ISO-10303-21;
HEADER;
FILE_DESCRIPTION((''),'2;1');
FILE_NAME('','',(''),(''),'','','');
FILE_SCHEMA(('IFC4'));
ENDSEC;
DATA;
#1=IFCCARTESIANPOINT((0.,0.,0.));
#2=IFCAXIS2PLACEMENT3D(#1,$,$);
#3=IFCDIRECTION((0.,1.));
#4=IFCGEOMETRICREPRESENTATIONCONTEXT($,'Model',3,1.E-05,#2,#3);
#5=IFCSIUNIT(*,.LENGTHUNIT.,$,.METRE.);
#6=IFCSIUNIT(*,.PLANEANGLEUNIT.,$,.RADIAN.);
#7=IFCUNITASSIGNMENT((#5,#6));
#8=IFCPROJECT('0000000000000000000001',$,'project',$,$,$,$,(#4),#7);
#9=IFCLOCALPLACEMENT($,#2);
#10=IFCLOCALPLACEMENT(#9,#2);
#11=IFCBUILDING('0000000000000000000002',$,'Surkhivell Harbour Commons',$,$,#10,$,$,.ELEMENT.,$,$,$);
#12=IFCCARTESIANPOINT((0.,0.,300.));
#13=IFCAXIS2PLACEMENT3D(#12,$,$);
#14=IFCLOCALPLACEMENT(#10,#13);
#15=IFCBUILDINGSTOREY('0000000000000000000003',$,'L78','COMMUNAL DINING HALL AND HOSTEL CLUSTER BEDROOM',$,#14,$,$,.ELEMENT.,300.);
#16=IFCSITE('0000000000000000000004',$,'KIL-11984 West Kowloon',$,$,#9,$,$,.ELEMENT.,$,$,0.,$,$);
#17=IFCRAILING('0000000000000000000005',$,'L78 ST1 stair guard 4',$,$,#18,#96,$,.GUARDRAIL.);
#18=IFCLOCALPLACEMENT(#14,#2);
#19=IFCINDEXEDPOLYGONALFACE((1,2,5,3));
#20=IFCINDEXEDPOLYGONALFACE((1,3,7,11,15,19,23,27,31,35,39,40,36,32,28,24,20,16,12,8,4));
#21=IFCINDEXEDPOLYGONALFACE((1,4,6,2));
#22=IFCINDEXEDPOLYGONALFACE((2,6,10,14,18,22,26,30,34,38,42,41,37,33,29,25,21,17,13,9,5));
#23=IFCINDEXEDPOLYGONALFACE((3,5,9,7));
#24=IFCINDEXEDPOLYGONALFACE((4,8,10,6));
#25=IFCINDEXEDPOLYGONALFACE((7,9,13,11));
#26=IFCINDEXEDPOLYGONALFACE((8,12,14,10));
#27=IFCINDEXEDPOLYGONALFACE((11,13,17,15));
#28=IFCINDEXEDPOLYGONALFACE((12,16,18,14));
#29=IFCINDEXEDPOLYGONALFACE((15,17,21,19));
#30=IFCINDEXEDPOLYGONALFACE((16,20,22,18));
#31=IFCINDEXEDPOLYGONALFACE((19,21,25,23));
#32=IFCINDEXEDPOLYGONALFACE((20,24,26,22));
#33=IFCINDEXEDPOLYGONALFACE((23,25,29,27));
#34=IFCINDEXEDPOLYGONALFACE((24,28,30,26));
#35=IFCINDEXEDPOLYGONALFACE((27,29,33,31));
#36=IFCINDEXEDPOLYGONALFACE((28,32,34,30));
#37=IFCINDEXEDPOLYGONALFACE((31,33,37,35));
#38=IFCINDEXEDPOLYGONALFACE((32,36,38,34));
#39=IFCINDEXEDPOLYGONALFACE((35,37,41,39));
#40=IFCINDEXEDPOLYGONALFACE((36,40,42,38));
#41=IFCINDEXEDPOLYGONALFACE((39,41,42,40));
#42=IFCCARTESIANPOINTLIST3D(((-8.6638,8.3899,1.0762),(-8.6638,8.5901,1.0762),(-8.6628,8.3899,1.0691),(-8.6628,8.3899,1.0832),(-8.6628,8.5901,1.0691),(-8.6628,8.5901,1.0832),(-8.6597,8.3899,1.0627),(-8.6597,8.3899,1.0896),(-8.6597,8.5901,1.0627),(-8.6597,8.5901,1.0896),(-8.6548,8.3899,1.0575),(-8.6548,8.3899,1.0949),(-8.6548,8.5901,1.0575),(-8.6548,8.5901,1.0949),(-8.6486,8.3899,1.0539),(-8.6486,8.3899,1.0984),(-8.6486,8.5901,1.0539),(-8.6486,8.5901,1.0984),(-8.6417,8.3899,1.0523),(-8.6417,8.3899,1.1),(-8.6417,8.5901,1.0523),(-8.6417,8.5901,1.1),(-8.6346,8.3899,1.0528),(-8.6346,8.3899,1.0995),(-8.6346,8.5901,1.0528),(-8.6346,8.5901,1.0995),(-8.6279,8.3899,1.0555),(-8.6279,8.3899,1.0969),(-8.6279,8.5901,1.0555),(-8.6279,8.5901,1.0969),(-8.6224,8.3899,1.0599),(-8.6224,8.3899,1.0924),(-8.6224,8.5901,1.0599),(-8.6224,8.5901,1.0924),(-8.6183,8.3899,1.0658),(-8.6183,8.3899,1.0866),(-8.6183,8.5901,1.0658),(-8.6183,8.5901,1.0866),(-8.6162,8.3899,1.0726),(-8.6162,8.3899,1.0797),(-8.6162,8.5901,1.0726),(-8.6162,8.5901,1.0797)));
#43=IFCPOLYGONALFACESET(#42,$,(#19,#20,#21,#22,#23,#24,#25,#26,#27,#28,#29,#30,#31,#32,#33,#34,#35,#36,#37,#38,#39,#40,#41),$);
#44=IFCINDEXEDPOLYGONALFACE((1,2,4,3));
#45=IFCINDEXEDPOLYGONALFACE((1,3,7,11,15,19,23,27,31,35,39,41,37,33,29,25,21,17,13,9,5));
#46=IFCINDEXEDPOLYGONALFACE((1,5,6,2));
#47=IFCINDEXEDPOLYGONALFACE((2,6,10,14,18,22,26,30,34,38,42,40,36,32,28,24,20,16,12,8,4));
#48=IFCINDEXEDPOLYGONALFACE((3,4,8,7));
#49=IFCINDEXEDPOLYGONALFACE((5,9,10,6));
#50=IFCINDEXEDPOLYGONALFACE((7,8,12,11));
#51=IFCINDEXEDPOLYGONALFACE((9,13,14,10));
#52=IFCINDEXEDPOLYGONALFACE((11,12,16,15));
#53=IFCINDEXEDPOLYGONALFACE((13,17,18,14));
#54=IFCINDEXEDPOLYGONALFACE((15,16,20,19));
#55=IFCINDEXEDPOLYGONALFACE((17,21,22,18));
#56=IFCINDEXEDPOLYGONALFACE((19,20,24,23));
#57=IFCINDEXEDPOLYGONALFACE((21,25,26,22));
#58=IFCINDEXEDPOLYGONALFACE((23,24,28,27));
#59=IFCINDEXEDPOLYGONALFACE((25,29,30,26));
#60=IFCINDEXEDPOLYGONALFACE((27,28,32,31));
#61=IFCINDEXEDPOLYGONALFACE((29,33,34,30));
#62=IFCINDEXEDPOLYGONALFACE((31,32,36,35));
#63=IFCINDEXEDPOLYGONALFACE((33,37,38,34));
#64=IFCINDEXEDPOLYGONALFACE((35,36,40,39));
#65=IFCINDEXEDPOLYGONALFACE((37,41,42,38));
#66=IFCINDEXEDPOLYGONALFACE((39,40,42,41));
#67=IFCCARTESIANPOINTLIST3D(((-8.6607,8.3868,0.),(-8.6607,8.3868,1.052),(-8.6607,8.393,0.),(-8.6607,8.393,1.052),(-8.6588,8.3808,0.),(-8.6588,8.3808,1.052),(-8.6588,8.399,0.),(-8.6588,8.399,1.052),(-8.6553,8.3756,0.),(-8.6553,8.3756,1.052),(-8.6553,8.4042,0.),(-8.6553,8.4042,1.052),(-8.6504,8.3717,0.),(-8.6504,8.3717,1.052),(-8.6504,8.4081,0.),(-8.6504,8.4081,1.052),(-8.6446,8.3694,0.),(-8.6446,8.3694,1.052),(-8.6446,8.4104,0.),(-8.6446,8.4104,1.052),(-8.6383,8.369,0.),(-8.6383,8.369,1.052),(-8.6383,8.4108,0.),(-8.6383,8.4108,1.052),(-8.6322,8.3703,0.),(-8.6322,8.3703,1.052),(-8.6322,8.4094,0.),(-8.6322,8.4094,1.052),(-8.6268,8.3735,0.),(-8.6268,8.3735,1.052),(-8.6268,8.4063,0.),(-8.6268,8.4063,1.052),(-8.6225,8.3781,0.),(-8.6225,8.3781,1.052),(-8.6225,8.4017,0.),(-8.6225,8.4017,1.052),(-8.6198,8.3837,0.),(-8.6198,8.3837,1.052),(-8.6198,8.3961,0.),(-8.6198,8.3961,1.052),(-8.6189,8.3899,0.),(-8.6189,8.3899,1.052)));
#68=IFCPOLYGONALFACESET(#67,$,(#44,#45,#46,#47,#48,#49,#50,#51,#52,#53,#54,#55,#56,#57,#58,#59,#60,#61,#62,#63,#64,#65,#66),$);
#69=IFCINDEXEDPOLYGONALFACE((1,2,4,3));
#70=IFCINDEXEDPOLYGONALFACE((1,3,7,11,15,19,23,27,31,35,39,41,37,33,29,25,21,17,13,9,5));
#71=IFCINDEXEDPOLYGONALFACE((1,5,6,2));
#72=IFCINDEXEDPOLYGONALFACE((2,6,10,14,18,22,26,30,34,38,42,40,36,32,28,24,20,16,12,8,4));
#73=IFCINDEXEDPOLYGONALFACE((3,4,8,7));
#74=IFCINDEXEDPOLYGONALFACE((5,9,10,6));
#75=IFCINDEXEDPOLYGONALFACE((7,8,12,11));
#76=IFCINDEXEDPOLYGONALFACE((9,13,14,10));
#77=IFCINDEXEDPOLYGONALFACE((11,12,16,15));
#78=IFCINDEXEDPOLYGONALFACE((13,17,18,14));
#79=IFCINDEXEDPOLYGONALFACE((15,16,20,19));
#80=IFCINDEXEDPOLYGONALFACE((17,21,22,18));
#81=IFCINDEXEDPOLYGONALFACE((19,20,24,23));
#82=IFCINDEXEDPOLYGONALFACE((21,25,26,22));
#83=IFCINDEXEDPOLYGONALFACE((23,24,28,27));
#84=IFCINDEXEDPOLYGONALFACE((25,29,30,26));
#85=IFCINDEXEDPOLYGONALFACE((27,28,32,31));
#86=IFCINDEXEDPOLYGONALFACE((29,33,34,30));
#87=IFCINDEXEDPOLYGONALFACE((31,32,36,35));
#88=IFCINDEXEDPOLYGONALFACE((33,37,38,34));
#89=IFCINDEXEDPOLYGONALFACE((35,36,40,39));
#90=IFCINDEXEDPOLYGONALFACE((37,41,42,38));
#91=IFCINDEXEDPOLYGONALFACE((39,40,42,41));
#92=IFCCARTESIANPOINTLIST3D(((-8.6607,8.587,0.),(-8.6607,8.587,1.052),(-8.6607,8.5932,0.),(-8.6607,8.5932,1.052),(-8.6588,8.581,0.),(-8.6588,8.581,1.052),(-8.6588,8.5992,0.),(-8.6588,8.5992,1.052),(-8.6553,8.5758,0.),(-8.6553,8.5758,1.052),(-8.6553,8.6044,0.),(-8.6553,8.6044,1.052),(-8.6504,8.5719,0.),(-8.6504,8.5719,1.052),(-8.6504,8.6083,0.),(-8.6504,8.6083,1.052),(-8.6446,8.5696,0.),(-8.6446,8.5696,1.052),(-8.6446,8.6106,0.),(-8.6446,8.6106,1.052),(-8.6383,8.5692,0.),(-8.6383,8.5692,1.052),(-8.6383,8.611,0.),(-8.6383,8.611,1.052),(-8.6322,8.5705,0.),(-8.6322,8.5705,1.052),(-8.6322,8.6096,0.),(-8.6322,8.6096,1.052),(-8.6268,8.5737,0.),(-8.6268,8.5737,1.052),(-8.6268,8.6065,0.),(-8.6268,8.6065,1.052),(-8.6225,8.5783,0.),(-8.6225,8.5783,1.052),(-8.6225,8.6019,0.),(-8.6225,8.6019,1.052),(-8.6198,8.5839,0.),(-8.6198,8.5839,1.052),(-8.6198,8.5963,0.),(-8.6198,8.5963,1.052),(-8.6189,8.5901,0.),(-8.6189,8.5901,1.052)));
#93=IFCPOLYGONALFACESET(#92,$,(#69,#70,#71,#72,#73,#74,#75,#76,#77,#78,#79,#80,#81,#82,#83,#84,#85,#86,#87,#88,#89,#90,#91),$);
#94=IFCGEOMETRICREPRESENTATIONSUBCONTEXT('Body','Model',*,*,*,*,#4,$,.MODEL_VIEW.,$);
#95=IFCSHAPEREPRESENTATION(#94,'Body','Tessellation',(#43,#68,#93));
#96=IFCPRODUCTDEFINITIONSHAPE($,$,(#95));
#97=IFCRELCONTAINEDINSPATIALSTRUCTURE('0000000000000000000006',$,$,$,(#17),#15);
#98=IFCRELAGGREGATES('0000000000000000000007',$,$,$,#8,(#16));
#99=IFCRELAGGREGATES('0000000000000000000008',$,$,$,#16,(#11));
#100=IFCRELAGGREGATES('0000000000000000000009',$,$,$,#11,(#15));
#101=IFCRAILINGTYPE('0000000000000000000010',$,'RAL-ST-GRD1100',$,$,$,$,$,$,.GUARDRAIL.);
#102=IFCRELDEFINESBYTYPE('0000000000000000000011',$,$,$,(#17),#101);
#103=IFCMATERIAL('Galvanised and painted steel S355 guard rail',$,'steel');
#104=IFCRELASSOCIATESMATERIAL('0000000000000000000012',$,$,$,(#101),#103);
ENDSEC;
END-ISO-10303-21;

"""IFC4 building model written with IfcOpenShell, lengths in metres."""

from ifc_helpers import new_model, si_unit, direction, frame, origin, origin_2d, place, context, subcontext, project, spatial, circle, extrude, material, type_object, element, save


model = new_model("IFC4")

# Units and contexts
model_context = context("Model", 3, precision=1e-05, world=origin(), true_north=direction((0.0, 1.0)))
body_context = subcontext(model_context, "Body", "Model", "MODEL_VIEW")
ifc_project = project(units=[si_unit("LENGTHUNIT", "METRE"), si_unit("PLANEANGLEUNIT", "RADIAN")], contexts=[model_context])

# Site, building, storey
site_placement = place(None, origin())
site = spatial("IfcSite", under=ifc_project, at=site_placement, Name="KIL-11984 West Kowloon", CompositionType="ELEMENT", RefElevation=0.0)
building_placement = place(site_placement, origin())
building = spatial("IfcBuilding", under=site, at=building_placement, Name="Surkhivell Harbour Commons", CompositionType="ELEMENT")
storey_placement = place(building_placement, frame((0.0, 0.0, 300.0)))
storey = spatial("IfcBuildingStorey", under=building, at=storey_placement, Name="L78", Description="COMMUNAL DINING HALL AND HOSTEL CLUSTER BEDROOM", CompositionType="ELEMENT", Elevation=300.0)

# Railing
ifc_material_1 = material(Name="Galvanised and painted steel S355 guard rail", Category="steel")
railing_type_1 = type_object("IfcRailingType", Name="RAL-ST-GRD1100", PredefinedType="GUARDRAIL", material=ifc_material_1)
railing_1_placement = place(storey_placement, frame((-8.6399, 8.3899, 0.0)))
element("IfcRailing", 1, at=railing_1_placement, inside=storey, type_object=railing_type_1, Name="L78 ST1 stair guard 4", PredefinedType="GUARDRAIL", context=body_context, shape_type="SweptSolid", body=[
    extrude(circle(Radius=0.0239, at=origin_2d()), frame((0.0, 0.0, 1.0762), z_axis=(0.0, 1.0, 0.0), x_axis=(-1.0, 0.0, 0.0)), (0.0, 0.0, 1.0), 0.2002),
    extrude(circle(Radius=0.021, at=origin_2d()), origin(), (0.0, 0.0, 1.0), 1.052),
    extrude(circle(Radius=0.021, at=origin_2d()), frame((0.0, 0.2002, 0.0)), (0.0, 0.0, 1.0), 1.052),
])

save(model, "model.ifc")
